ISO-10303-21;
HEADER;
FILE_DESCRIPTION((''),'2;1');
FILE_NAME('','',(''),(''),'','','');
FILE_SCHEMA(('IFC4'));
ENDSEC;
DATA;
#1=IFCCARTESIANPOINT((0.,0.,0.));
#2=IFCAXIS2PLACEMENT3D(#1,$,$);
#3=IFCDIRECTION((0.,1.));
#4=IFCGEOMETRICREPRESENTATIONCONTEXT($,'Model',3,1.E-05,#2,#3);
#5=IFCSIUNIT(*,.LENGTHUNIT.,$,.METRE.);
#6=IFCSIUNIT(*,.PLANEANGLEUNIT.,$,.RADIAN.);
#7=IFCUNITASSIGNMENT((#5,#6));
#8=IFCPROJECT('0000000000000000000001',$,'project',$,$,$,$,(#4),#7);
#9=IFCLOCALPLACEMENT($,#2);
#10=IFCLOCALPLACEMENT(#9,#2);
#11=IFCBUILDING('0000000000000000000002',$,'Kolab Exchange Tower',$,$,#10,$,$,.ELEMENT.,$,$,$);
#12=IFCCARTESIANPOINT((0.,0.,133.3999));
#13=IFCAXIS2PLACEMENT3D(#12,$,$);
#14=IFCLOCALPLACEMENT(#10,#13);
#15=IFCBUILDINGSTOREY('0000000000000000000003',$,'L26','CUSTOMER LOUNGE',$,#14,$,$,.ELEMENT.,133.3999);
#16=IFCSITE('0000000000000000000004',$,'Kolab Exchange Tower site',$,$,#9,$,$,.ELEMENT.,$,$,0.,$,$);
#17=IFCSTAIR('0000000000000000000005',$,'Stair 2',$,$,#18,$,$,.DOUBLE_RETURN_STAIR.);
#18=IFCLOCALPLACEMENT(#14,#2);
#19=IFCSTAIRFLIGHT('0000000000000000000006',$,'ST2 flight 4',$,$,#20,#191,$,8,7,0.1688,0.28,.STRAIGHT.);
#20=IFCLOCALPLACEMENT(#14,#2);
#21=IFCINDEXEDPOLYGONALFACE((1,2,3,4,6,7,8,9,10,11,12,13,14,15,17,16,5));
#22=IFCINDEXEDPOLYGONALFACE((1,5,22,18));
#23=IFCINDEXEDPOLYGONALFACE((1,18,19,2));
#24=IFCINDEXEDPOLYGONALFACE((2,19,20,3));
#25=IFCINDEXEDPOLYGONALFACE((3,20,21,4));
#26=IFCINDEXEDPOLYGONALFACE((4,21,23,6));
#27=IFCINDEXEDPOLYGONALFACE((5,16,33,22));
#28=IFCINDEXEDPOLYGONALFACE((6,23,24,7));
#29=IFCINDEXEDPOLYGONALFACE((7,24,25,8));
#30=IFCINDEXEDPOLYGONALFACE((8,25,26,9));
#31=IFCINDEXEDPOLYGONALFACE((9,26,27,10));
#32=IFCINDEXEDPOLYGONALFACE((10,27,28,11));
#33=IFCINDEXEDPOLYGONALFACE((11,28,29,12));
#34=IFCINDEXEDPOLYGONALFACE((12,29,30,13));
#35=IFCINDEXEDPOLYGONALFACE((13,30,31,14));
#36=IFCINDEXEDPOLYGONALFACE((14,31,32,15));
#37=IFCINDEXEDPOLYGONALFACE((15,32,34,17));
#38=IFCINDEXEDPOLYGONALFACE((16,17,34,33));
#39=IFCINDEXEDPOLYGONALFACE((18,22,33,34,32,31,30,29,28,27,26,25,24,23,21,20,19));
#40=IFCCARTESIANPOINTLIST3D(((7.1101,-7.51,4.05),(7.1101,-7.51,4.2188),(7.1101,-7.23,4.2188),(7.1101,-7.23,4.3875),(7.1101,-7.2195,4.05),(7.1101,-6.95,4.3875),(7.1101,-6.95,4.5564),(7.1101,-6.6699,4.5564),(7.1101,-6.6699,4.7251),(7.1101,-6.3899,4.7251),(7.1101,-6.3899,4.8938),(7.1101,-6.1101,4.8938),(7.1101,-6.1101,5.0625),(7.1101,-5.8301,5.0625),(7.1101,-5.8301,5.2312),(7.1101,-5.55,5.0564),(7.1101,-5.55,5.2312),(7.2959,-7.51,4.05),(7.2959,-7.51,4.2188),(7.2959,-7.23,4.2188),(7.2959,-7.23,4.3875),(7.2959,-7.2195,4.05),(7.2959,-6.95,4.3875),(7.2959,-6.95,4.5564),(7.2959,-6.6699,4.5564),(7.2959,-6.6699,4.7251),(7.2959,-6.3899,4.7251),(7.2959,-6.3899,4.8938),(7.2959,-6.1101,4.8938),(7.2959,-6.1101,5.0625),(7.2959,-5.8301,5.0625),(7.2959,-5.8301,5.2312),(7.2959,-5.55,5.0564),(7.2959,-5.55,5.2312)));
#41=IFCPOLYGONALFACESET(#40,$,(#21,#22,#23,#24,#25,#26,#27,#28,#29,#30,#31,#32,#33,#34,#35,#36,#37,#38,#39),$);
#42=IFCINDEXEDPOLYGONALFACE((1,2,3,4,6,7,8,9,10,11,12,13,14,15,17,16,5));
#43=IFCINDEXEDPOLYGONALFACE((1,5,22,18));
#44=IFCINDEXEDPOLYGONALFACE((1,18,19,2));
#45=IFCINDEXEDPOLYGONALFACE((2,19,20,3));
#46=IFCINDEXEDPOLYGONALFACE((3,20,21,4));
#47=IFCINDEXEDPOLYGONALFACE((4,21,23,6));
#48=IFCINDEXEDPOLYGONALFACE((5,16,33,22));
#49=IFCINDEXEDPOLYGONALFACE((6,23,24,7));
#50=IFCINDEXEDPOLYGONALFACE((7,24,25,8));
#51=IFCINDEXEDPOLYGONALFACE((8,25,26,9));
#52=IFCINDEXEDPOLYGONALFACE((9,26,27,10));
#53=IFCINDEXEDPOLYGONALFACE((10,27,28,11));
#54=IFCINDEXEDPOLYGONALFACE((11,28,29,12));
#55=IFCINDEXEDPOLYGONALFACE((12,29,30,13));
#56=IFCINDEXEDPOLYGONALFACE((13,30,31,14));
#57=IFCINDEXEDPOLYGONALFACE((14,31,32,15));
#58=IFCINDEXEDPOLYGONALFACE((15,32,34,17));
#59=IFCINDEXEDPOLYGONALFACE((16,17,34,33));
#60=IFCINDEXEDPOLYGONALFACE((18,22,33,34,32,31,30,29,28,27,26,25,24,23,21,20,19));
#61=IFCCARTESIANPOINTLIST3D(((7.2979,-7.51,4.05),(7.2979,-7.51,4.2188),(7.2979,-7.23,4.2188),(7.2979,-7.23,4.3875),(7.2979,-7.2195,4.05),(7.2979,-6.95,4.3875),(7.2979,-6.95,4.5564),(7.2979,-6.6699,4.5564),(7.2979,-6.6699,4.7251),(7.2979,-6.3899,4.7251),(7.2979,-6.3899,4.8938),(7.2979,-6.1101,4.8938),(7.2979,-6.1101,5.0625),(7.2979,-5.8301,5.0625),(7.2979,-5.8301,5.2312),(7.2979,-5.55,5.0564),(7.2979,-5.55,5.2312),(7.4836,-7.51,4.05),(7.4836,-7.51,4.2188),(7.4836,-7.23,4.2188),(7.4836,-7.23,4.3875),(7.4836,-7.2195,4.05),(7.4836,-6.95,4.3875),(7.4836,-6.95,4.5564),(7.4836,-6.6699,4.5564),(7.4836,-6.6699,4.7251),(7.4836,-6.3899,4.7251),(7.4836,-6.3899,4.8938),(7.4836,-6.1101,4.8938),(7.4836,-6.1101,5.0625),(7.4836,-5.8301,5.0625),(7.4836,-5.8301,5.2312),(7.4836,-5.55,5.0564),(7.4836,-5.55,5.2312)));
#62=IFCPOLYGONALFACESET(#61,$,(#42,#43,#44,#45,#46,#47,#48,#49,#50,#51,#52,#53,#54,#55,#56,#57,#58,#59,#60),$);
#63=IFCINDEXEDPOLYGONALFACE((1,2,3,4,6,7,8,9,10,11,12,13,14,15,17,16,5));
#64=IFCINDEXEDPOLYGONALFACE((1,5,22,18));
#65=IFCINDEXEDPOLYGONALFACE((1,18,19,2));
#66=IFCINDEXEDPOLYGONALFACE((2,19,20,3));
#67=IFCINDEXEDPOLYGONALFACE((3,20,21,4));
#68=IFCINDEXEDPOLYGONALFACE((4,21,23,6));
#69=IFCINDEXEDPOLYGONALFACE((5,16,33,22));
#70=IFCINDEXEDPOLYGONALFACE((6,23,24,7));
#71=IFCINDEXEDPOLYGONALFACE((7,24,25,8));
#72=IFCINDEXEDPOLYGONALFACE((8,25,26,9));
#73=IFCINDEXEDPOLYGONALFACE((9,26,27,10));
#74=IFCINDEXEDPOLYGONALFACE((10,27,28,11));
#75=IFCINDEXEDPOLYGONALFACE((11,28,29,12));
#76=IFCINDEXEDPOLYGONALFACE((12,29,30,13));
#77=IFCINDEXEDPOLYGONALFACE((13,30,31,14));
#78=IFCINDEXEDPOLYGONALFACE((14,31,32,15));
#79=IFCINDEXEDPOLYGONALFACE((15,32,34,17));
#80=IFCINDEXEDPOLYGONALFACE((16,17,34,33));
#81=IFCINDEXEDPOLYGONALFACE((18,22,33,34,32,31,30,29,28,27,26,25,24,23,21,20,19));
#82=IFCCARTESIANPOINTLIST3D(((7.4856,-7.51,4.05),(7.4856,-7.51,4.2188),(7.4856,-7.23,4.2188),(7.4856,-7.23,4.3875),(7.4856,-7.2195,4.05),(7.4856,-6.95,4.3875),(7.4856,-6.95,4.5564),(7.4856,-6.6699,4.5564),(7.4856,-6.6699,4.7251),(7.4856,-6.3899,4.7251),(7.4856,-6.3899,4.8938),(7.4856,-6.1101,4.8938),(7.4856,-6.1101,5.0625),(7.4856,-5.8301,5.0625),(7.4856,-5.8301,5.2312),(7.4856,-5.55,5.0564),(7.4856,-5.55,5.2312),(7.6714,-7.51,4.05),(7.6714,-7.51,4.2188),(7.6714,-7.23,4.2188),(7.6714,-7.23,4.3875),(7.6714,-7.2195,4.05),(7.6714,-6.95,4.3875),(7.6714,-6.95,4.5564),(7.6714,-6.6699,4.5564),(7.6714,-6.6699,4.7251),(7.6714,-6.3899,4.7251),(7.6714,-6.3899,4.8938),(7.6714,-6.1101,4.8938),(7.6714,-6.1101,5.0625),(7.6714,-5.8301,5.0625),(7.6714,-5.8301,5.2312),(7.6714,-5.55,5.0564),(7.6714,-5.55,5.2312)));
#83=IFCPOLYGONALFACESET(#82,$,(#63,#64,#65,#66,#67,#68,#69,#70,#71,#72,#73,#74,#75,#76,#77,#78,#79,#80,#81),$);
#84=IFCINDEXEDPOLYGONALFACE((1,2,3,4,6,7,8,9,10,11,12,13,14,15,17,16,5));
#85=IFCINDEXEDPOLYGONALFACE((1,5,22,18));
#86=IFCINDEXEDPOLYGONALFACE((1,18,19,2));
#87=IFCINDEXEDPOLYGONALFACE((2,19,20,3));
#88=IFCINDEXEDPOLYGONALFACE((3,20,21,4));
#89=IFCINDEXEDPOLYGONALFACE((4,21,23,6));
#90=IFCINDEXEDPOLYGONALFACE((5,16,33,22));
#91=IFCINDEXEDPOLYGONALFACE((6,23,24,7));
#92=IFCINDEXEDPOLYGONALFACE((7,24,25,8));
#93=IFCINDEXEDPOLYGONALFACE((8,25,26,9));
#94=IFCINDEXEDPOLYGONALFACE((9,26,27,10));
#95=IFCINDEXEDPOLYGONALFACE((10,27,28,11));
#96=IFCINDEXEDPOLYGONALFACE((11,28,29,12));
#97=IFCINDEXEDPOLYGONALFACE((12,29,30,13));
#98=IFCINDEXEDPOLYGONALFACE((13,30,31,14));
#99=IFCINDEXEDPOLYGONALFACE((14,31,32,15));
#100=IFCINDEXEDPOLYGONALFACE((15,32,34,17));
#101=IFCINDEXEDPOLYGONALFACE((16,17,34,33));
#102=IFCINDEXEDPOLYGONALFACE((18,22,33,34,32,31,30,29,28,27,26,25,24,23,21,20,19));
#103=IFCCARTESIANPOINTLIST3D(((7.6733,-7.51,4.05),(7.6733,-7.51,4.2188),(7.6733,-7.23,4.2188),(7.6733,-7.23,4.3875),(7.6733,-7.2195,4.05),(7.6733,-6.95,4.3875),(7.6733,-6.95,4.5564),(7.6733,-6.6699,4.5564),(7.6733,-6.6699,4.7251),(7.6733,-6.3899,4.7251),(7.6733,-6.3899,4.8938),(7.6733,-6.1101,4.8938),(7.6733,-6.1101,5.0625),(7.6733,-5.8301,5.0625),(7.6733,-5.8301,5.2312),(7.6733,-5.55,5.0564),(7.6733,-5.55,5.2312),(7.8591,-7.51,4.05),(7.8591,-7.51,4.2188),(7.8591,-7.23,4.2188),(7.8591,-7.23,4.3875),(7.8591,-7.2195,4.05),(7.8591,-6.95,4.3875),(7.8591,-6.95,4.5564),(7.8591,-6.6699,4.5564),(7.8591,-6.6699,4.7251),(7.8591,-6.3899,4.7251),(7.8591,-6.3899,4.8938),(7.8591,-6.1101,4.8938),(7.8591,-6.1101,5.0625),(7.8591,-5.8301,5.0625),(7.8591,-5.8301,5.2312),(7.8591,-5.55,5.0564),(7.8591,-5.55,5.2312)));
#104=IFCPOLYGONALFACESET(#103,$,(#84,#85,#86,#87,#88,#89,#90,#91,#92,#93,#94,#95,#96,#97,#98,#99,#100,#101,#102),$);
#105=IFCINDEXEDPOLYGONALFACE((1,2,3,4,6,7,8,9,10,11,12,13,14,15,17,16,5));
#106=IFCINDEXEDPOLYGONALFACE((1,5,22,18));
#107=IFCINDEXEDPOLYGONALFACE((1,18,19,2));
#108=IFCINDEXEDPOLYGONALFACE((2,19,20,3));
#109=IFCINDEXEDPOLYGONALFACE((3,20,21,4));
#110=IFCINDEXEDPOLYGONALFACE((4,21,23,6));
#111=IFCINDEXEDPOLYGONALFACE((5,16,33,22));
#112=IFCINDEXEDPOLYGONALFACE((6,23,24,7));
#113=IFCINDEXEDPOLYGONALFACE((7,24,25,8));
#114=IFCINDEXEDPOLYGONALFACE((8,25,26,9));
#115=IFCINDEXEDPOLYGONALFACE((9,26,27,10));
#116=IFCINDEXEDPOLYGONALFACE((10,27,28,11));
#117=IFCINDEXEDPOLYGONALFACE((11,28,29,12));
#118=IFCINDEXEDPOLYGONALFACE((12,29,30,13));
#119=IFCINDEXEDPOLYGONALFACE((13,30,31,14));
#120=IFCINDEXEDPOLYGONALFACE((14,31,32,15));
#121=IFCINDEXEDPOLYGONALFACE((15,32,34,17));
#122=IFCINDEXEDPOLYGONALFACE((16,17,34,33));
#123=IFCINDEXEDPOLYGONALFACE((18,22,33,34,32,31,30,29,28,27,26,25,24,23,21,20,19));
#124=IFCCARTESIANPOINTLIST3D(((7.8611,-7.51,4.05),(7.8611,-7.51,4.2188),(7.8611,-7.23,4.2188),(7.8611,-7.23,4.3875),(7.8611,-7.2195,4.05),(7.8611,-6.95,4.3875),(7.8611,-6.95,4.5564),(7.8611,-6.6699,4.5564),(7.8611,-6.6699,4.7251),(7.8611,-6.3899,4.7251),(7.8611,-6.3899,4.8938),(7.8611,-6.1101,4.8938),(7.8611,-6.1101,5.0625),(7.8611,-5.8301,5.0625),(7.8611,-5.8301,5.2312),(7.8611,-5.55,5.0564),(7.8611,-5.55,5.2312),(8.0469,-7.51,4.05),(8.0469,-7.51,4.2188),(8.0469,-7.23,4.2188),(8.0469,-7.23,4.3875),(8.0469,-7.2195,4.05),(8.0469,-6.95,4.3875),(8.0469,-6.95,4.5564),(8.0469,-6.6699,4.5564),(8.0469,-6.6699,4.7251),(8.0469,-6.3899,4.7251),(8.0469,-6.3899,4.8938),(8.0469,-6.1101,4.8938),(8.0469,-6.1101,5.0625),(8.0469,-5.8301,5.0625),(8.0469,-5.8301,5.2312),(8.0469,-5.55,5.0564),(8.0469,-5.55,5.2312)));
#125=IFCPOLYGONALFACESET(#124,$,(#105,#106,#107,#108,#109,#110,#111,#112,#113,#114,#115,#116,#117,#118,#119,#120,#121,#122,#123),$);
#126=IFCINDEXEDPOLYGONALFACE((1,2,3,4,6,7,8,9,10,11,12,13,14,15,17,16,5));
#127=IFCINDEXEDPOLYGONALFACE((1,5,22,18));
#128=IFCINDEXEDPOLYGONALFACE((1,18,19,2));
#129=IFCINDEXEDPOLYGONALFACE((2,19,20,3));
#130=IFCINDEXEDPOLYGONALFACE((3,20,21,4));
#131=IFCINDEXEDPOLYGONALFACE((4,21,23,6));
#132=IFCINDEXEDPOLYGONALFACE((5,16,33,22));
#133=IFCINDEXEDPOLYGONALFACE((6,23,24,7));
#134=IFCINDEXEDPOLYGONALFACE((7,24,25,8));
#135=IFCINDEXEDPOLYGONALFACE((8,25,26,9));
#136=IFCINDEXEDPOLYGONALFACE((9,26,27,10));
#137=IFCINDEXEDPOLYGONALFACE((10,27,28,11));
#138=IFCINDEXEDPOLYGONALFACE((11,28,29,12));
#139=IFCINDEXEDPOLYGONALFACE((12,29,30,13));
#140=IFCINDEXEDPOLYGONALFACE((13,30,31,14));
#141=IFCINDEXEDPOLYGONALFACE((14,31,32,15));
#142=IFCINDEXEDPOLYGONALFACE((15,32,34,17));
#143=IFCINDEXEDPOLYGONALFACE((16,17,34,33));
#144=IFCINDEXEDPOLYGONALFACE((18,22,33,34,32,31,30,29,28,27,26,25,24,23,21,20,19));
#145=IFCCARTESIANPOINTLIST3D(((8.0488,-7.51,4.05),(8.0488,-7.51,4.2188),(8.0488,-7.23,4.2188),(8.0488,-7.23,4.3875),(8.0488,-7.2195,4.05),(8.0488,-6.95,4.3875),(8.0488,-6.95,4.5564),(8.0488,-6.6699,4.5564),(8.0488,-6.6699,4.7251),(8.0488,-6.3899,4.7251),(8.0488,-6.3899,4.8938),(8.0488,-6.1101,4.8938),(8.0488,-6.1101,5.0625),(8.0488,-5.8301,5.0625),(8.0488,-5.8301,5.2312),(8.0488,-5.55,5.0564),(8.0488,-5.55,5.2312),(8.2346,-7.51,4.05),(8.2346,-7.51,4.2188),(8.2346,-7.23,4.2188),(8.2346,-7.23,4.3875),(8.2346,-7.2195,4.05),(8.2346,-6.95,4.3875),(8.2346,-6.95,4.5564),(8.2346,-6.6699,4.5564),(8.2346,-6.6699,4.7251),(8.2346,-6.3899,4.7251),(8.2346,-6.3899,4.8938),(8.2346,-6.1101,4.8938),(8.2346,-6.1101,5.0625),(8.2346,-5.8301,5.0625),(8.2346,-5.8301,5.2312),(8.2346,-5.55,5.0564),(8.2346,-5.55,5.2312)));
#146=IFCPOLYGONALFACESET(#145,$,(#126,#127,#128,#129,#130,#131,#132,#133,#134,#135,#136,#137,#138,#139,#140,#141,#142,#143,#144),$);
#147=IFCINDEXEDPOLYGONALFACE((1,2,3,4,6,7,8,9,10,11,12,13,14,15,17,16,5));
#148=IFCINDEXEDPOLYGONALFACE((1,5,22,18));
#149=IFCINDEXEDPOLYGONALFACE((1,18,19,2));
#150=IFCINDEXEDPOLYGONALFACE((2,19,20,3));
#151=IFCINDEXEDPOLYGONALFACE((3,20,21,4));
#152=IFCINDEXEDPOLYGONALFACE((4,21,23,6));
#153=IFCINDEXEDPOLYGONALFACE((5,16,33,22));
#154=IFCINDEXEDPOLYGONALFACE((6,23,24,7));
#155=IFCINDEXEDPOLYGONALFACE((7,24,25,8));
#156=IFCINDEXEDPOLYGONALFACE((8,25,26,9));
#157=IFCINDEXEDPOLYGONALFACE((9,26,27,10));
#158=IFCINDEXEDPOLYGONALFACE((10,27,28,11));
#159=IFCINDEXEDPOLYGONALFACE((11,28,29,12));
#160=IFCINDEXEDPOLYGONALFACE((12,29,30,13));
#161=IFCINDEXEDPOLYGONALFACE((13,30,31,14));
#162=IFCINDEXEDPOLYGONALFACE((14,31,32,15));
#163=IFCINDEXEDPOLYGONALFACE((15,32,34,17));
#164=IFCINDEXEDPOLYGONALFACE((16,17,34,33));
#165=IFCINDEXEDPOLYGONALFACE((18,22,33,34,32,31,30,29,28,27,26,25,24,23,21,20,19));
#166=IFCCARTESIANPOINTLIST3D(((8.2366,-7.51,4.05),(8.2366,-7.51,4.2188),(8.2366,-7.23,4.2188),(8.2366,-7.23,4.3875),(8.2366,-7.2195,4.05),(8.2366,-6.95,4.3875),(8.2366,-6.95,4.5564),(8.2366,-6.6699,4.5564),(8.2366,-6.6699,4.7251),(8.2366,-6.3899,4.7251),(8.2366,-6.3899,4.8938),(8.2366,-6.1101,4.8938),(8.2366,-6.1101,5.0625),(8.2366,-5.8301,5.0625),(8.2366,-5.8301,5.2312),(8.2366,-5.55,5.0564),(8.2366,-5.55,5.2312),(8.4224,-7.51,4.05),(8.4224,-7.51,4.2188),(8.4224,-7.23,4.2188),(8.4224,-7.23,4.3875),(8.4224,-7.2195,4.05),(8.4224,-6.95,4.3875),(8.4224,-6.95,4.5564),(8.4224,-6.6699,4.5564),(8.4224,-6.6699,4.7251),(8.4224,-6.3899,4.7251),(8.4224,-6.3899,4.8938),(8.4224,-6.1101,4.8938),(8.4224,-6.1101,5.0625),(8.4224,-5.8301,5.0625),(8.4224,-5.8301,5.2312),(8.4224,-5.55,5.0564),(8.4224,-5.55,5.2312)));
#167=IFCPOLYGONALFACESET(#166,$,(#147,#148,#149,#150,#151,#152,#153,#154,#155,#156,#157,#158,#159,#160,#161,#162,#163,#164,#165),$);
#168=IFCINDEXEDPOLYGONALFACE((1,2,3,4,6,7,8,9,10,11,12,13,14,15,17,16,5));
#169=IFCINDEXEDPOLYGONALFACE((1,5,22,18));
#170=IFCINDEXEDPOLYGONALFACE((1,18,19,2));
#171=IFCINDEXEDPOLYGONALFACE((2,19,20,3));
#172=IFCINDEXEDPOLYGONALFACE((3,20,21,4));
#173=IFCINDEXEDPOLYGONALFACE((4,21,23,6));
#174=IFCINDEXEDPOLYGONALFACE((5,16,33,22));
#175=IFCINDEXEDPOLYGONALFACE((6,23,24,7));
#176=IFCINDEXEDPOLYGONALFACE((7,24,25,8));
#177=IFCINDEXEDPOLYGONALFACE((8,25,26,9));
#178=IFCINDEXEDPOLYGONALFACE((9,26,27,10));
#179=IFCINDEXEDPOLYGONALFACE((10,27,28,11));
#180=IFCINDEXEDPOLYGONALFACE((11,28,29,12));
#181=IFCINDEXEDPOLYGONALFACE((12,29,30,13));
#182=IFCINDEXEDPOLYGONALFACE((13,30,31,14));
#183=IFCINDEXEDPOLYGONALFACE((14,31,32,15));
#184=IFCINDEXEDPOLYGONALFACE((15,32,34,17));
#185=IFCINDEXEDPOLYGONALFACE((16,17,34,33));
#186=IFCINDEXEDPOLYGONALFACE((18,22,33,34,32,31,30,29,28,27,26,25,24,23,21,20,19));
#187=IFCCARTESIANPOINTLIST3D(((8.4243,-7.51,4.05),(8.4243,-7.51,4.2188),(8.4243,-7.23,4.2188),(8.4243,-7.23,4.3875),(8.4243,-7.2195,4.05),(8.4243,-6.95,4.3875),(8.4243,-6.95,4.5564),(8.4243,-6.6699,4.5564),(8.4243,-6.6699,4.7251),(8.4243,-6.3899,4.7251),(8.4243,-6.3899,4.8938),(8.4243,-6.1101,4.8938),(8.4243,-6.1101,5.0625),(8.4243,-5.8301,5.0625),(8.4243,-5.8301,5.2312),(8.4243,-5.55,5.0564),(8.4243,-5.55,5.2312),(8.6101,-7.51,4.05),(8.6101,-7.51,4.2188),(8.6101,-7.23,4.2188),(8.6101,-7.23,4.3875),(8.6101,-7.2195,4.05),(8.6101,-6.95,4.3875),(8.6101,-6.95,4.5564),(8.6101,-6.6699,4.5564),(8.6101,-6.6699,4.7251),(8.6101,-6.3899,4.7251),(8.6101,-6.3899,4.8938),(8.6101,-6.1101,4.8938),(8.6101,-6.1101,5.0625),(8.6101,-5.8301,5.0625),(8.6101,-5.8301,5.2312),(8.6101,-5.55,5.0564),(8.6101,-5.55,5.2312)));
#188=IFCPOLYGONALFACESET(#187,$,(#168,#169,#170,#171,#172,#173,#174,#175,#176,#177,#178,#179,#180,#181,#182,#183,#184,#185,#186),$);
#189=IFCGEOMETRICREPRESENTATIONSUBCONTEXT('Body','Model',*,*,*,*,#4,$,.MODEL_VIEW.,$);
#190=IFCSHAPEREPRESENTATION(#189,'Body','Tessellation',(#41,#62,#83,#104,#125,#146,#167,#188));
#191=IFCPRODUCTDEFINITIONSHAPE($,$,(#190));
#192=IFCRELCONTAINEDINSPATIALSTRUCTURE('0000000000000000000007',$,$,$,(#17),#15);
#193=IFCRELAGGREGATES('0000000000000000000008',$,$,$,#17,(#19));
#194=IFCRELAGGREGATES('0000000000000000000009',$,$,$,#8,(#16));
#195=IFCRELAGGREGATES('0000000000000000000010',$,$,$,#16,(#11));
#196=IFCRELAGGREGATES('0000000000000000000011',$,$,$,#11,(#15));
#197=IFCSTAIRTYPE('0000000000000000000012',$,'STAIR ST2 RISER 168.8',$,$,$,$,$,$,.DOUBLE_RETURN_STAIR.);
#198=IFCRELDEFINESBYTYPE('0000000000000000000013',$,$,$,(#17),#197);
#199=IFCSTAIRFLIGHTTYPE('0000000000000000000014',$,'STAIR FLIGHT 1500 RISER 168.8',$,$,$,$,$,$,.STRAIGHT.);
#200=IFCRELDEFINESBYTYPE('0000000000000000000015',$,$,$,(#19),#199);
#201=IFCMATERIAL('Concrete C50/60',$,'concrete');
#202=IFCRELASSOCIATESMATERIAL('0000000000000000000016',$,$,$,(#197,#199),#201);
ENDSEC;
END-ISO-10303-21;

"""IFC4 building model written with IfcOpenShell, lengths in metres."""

from ifc_helpers import new_model, si_unit, direction, frame, origin, place, context, subcontext, project, spatial, polyline, outline, extrude, material, type_object, element, aggregate, save


model = new_model("IFC4")

# Units and contexts
model_context = context("Model", 3, precision=1e-05, world=origin(), true_north=direction((0.0, 1.0)))
body_context = subcontext(model_context, "Body", "Model", "MODEL_VIEW")
ifc_project = project(units=[si_unit("LENGTHUNIT", "METRE"), si_unit("PLANEANGLEUNIT", "RADIAN")], contexts=[model_context])

# Site, building, storey
site_placement = place(None, origin())
site = spatial("IfcSite", under=ifc_project, at=site_placement, Name="Kolab Exchange Tower site", CompositionType="ELEMENT", RefElevation=0.0)
building_placement = place(site_placement, origin())
building = spatial("IfcBuilding", under=site, at=building_placement, Name="Kolab Exchange Tower", CompositionType="ELEMENT")
storey_placement = place(building_placement, frame((0.0, 0.0, 133.3999)))
storey = spatial("IfcBuildingStorey", under=building, at=storey_placement, Name="L26", Description="CUSTOMER LOUNGE", CompositionType="ELEMENT", Elevation=133.3999)

# Shared definitions
ifc_material_1 = material(Name="Concrete C50/60", Category="concrete")

# Stair, stair flight
stair_type = type_object("IfcStairType", Name="STAIR ST2 RISER 168.8", PredefinedType="DOUBLE_RETURN_STAIR", material=ifc_material_1)
stair_placement = place(storey_placement, origin())
stair = element("IfcStair", 1, at=stair_placement, inside=storey, type_object=stair_type, Name="Stair 2", PredefinedType="DOUBLE_RETURN_STAIR")
stair_flight_type = type_object("IfcStairFlightType", Name="STAIR FLIGHT 1500 RISER 168.8", PredefinedType="STRAIGHT", material=ifc_material_1)
stair_flight_1_placement = place(storey_placement, frame((7.8601, -7.51, 4.05), z_axis=(0.0, 0.0, 1.0), x_axis=(0.0, 1.0, 0.0)))
stair_flight_1 = element("IfcStairFlight", 2, at=stair_flight_1_placement, type_object=stair_flight_type, Name="ST2 flight 4", NumberOfRisers=8, NumberOfTreads=7, PredefinedType="STRAIGHT", RiserHeight=0.1688, TreadLength=0.28, context=body_context, shape_type="SweptSolid", body=[
    extrude(outline(polyline([(0.0, 0.0), (0.0, 0.1687), (0.28, 0.1687), (0.28, 0.3374), (0.5601, 0.3374), (0.5601, 0.5063), (0.8401, 0.5063), (0.8401, 0.675), (1.1201, 0.675), (1.1201, 0.8438), (1.3999, 0.8438), (1.3999, 1.0125), (1.6799, 1.0125), (1.6799, 1.1812), (1.96, 1.1812), (1.96, 1.3501), (1.96, 1.0063), (0.2905, 0.0), (0.0, 0.0)])), frame((0.0, 0.75, 0.0), z_axis=(0.0, -1.0, 0.0), x_axis=(1.0, 0.0, 0.0)), (0.0, 0.0, 1.0), 0.1858),
    extrude(outline(polyline([(0.0, 0.0), (0.0, 0.1687), (0.28, 0.1687), (0.28, 0.3374), (0.5601, 0.3374), (0.5601, 0.5063), (0.8401, 0.5063), (0.8401, 0.675), (1.1201, 0.675), (1.1201, 0.8438), (1.3999, 0.8438), (1.3999, 1.0125), (1.6799, 1.0125), (1.6799, 1.1812), (1.96, 1.1812), (1.96, 1.3501), (1.96, 1.0063), (0.2905, 0.0), (0.0, 0.0)])), frame((0.0, 0.5623, 0.0), z_axis=(0.0, -1.0, 0.0), x_axis=(1.0, 0.0, 0.0)), (0.0, 0.0, 1.0), 0.1858),
    extrude(outline(polyline([(0.0, 0.0), (0.0, 0.1687), (0.28, 0.1687), (0.28, 0.3374), (0.5601, 0.3374), (0.5601, 0.5063), (0.8401, 0.5063), (0.8401, 0.675), (1.1201, 0.675), (1.1201, 0.8438), (1.3999, 0.8438), (1.3999, 1.0125), (1.6799, 1.0125), (1.6799, 1.1812), (1.96, 1.1812), (1.96, 1.3501), (1.96, 1.0063), (0.2905, 0.0), (0.0, 0.0)])), frame((0.0, 0.3745, 0.0), z_axis=(0.0, -1.0, 0.0), x_axis=(1.0, 0.0, 0.0)), (0.0, 0.0, 1.0), 0.1858),
    extrude(outline(polyline([(0.0, 0.0), (0.0, 0.1687), (0.28, 0.1687), (0.28, 0.3374), (0.5601, 0.3374), (0.5601, 0.5063), (0.8401, 0.5063), (0.8401, 0.675), (1.1201, 0.675), (1.1201, 0.8438), (1.3999, 0.8438), (1.3999, 1.0125), (1.6799, 1.0125), (1.6799, 1.1812), (1.96, 1.1812), (1.96, 1.3501), (1.96, 1.0063), (0.2905, 0.0), (0.0, 0.0)])), frame((0.0, 0.1868, 0.0), z_axis=(0.0, -1.0, 0.0), x_axis=(1.0, 0.0, 0.0)), (0.0, 0.0, 1.0), 0.1858),
    extrude(outline(polyline([(0.0, 0.0), (0.0, 0.1687), (0.28, 0.1687), (0.28, 0.3374), (0.5601, 0.3374), (0.5601, 0.5063), (0.8401, 0.5063), (0.8401, 0.675), (1.1201, 0.675), (1.1201, 0.8438), (1.3999, 0.8438), (1.3999, 1.0125), (1.6799, 1.0125), (1.6799, 1.1812), (1.96, 1.1812), (1.96, 1.3501), (1.96, 1.0063), (0.2905, 0.0), (0.0, 0.0)])), frame((0.0, -0.001, 0.0), z_axis=(0.0, -1.0, 0.0), x_axis=(1.0, 0.0, 0.0)), (0.0, 0.0, 1.0), 0.1858),
    extrude(outline(polyline([(0.0, 0.0), (0.0, 0.1687), (0.28, 0.1687), (0.28, 0.3374), (0.5601, 0.3374), (0.5601, 0.5063), (0.8401, 0.5063), (0.8401, 0.675), (1.1201, 0.675), (1.1201, 0.8438), (1.3999, 0.8438), (1.3999, 1.0125), (1.6799, 1.0125), (1.6799, 1.1812), (1.96, 1.1812), (1.96, 1.3501), (1.96, 1.0063), (0.2905, 0.0), (0.0, 0.0)])), frame((0.0, -0.1887, 0.0), z_axis=(0.0, -1.0, 0.0), x_axis=(1.0, 0.0, 0.0)), (0.0, 0.0, 1.0), 0.1858),
    extrude(outline(polyline([(0.0, 0.0), (0.0, 0.1687), (0.28, 0.1687), (0.28, 0.3374), (0.5601, 0.3374), (0.5601, 0.5063), (0.8401, 0.5063), (0.8401, 0.675), (1.1201, 0.675), (1.1201, 0.8438), (1.3999, 0.8438), (1.3999, 1.0125), (1.6799, 1.0125), (1.6799, 1.1812), (1.96, 1.1812), (1.96, 1.3501), (1.96, 1.0063), (0.2905, 0.0), (0.0, 0.0)])), frame((0.0, -0.3765, 0.0), z_axis=(0.0, -1.0, 0.0), x_axis=(1.0, 0.0, 0.0)), (0.0, 0.0, 1.0), 0.1858),
    extrude(outline(polyline([(0.0, 0.0), (0.0, 0.1687), (0.28, 0.1687), (0.28, 0.3374), (0.5601, 0.3374), (0.5601, 0.5063), (0.8401, 0.5063), (0.8401, 0.675), (1.1201, 0.675), (1.1201, 0.8438), (1.3999, 0.8438), (1.3999, 1.0125), (1.6799, 1.0125), (1.6799, 1.1812), (1.96, 1.1812), (1.96, 1.3501), (1.96, 1.0063), (0.2905, 0.0), (0.0, 0.0)])), frame((0.0, -0.5642, 0.0), z_axis=(0.0, -1.0, 0.0), x_axis=(1.0, 0.0, 0.0)), (0.0, 0.0, 1.0), 0.1858),
])
aggregate(stair, [stair_flight_1])

save(model, "model.ifc")
